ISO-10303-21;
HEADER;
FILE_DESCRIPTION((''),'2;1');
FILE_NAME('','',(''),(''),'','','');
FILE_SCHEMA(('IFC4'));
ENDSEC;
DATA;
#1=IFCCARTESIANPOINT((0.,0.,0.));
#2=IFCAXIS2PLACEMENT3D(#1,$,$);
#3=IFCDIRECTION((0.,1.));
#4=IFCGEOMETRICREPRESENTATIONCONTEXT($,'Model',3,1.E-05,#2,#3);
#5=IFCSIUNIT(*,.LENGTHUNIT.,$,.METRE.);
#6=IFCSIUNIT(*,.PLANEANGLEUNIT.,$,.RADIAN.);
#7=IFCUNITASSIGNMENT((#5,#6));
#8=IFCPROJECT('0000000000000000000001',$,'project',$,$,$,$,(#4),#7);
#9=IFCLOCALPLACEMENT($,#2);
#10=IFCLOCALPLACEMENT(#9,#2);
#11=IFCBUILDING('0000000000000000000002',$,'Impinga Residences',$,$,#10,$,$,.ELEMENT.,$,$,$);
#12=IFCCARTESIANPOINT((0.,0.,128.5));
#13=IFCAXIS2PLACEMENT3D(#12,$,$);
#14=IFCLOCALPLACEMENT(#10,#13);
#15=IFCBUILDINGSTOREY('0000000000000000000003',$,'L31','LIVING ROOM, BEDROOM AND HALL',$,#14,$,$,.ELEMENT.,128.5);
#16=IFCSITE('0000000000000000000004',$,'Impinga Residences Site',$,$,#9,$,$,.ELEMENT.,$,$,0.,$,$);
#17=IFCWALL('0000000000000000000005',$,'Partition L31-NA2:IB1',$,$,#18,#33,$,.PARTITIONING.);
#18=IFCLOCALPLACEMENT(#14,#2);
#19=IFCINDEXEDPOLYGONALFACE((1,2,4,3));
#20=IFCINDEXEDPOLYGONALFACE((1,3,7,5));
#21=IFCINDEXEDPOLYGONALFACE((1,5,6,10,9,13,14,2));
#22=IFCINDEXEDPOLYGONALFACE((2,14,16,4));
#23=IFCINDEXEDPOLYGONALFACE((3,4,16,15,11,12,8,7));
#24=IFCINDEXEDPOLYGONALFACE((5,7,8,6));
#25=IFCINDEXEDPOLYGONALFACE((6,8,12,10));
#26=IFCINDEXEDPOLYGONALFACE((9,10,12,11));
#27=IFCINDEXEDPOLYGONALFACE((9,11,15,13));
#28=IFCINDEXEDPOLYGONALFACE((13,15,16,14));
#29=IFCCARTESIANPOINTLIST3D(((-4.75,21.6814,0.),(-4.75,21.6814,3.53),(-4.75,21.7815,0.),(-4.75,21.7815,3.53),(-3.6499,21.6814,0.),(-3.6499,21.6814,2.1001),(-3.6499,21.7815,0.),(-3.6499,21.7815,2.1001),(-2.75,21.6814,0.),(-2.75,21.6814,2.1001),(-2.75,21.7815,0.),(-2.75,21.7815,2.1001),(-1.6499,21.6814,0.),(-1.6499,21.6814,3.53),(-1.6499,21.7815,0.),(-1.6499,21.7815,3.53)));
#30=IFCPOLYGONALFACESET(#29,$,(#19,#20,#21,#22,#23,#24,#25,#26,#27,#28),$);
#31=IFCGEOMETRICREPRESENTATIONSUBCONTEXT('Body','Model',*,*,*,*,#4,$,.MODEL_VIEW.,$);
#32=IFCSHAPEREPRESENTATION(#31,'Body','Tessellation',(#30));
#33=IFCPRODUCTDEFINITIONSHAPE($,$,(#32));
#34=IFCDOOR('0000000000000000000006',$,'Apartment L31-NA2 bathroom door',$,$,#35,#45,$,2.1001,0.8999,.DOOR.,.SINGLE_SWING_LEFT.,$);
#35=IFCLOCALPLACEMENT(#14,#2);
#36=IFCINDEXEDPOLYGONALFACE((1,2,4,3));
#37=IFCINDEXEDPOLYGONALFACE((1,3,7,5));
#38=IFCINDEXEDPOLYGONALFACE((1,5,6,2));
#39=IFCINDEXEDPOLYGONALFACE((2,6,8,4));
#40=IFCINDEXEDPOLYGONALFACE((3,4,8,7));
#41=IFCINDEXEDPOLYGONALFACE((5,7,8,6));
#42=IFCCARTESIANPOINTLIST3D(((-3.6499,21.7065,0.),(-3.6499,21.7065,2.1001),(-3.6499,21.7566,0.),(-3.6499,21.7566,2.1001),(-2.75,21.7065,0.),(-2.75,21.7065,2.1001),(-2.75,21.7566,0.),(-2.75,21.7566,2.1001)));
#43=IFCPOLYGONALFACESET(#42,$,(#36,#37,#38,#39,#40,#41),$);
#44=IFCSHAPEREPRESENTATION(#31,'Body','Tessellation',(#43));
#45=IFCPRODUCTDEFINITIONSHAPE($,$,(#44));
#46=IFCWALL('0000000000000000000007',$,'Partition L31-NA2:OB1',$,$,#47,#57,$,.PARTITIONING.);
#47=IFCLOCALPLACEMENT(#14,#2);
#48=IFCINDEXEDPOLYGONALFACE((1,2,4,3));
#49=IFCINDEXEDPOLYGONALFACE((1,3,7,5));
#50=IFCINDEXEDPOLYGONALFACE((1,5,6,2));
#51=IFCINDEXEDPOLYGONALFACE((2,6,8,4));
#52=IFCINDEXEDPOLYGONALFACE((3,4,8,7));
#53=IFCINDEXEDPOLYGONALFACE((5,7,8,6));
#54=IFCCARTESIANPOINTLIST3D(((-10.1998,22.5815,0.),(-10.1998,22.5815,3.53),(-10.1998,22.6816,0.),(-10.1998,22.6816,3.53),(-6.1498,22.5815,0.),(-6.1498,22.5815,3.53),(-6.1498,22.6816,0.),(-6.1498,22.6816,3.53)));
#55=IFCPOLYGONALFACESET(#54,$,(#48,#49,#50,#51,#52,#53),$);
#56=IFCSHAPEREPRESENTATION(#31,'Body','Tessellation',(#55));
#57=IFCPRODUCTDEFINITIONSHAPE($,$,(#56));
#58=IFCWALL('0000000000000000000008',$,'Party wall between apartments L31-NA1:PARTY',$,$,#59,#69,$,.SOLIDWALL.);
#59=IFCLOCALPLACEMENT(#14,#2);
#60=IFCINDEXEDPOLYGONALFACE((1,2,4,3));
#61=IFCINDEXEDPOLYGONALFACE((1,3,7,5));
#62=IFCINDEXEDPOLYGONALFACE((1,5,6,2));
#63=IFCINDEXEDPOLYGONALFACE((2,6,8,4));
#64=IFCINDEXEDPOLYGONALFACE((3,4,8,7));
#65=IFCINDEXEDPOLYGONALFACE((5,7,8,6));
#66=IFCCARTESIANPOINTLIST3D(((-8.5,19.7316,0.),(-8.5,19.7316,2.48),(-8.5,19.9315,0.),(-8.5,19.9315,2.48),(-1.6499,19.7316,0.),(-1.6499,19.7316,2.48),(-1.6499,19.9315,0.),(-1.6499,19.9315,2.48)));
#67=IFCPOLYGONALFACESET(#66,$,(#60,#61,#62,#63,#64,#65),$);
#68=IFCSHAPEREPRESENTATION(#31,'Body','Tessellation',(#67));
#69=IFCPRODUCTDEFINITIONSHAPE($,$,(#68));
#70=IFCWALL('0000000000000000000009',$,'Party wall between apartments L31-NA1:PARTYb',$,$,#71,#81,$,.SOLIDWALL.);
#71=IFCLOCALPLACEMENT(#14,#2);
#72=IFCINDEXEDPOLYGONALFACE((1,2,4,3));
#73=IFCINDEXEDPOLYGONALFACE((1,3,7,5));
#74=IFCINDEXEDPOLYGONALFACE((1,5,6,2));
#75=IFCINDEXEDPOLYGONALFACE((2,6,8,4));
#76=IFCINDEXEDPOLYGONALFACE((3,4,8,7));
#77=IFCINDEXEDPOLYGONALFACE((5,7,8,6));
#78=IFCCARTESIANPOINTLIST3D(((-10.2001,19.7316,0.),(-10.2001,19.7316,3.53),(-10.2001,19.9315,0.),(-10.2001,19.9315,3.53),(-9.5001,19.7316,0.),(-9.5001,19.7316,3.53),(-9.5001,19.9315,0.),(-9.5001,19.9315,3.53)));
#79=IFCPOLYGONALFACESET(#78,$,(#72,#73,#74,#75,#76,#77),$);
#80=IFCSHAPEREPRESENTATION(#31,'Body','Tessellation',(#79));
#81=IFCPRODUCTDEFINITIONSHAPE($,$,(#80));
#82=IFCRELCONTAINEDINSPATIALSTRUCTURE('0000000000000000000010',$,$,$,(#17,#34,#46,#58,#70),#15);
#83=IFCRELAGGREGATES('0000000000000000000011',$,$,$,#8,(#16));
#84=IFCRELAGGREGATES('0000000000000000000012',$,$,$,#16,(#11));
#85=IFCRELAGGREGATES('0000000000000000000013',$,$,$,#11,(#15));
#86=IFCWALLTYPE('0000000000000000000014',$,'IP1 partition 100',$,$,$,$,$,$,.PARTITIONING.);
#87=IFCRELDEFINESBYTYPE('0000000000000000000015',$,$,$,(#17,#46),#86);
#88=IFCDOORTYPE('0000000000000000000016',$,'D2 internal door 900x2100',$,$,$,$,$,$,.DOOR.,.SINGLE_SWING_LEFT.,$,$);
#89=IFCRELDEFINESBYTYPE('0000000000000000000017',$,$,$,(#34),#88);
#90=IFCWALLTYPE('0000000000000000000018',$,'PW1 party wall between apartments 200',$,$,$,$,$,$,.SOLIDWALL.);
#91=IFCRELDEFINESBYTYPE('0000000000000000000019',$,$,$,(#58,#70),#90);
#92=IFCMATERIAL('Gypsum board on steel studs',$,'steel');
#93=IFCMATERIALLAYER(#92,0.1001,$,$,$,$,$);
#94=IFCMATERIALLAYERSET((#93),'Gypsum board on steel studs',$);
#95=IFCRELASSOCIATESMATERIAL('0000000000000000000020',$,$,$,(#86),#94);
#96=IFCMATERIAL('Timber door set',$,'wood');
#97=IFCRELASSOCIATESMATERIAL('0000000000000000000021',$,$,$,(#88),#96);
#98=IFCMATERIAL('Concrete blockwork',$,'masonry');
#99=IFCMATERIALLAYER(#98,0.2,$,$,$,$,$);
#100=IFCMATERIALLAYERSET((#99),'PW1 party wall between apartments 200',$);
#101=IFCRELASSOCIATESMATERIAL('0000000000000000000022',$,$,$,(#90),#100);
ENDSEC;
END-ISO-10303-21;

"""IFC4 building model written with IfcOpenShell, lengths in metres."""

from ifc_helpers import new_model, si_unit, direction, frame, frame_2d, origin, place, context, subcontext, project, spatial, rectangle, extrude, material, layer, layer_set, type_object, element, fill, save


model = new_model("IFC4")

# Units and contexts
model_context = context("Model", 3, precision=1e-05, world=origin(), true_north=direction((0.0, 1.0)))
body_context = subcontext(model_context, "Body", "Model", "MODEL_VIEW")
ifc_project = project(units=[si_unit("LENGTHUNIT", "METRE"), si_unit("PLANEANGLEUNIT", "RADIAN")], contexts=[model_context])

# Site, building, storey
site_placement = place(None, origin())
site = spatial("IfcSite", under=ifc_project, at=site_placement, Name="Impinga Residences Site", CompositionType="ELEMENT", RefElevation=0.0)
building_placement = place(site_placement, origin())
building = spatial("IfcBuilding", under=site, at=building_placement, Name="Impinga Residences", CompositionType="ELEMENT")
storey_placement = place(building_placement, frame((0.0, 0.0, 128.5)))
storey = spatial("IfcBuildingStorey", under=building, at=storey_placement, Name="L31", Description="LIVING ROOM, BEDROOM AND HALL", CompositionType="ELEMENT", Elevation=128.5)

# Shared definitions
ifc_material_1 = material(Name="Gypsum board on steel studs", Category="steel")
ifc_layer_1 = layer(ifc_material_1, 0.1001)
ifc_layer_set_1 = layer_set([ifc_layer_1], Name="Gypsum board on steel studs")
wall_type_1 = type_object("IfcWallType", Name="IP1 partition 100", PredefinedType="PARTITIONING", material=ifc_layer_set_1)

# Shared definitions
ifc_material_2 = material(Name="Timber door set", Category="wood")
door_type = type_object("IfcDoorType", Name="D2 internal door 900x2100", OperationType="SINGLE_SWING_LEFT", PredefinedType="DOOR", material=ifc_material_2)

# Wall, opening, door
wall_1_placement = place(storey_placement, frame((-1.6499, 21.7314, 0.0), z_axis=(0.0, 0.0, 1.0), x_axis=(-1.0, 0.0, 0.0)))
wall_1 = element("IfcWall", 1, at=wall_1_placement, inside=storey, type_object=wall_type_1, Name="Partition L31-NA2:IB1", PredefinedType="PARTITIONING", context=body_context, shape_type="SweptSolid", body=[
    extrude(rectangle(XDim=3.1001, YDim=0.1001, at=frame_2d((1.55, 0.0))), origin(), (0.0, 0.0, 1.0), 3.53),
])
opening_1_placement = place(wall_1_placement, frame((1.1001, 0.0, 0.0)))
opening_1 = element("IfcOpeningElement", 2, at=opening_1_placement, cuts=wall_1, PredefinedType="OPENING", context=body_context, shape_type="SweptSolid", body=[
    extrude(rectangle(XDim=0.8999, YDim=2.1001, at=frame_2d((0.45, 1.05))), frame((0.0, 0.0601, 0.0), z_axis=(0.0, -1.0, 0.0), x_axis=(1.0, 0.0, 0.0)), (0.0, 0.0, 1.0), 0.1201),
])
door_1_placement = place(opening_1_placement, origin())
door_1 = element("IfcDoor", 3, at=door_1_placement, inside=storey, type_object=door_type, Name="Apartment L31-NA2 bathroom door", OperationType="SINGLE_SWING_LEFT", OverallHeight=2.1001, OverallWidth=0.8999, PredefinedType="DOOR", context=body_context, shape_type="SweptSolid", body=[
    extrude(rectangle(XDim=0.8999, YDim=2.1001, at=frame_2d((0.45, 1.05))), frame((0.0, 0.0249, 0.0), z_axis=(0.0, -1.0, 0.0), x_axis=(1.0, 0.0, 0.0)), (0.0, 0.0, 1.0), 0.05),
])
fill(opening_1, door_1)

# Walls
wall_2_placement = place(storey_placement, frame((-6.1499, 22.6316, 0.0), z_axis=(0.0, 0.0, 1.0), x_axis=(-1.0, 0.0, 0.0)))
element("IfcWall", 4, at=wall_2_placement, inside=storey, type_object=wall_type_1, Name="Partition L31-NA2:OB1", PredefinedType="PARTITIONING", context=body_context, shape_type="SweptSolid", body=[
    extrude(rectangle(XDim=4.05, YDim=0.1001, at=frame_2d((2.0249, 0.0))), origin(), (0.0, 0.0, 1.0), 3.53),
])
ifc_material_3 = material(Name="Concrete blockwork", Category="masonry")
ifc_layer_2 = layer(ifc_material_3, 0.2)
ifc_layer_set_2 = layer_set([ifc_layer_2], Name="PW1 party wall between apartments 200")
wall_type_2 = type_object("IfcWallType", Name="PW1 party wall between apartments 200", PredefinedType="SOLIDWALL", material=ifc_layer_set_2)
wall_3_placement = place(storey_placement, frame((-1.6499, 19.8315, 0.0), z_axis=(0.0, 0.0, 1.0), x_axis=(-1.0, 0.0, 0.0)))
element("IfcWall", 5, at=wall_3_placement, inside=storey, type_object=wall_type_2, Name="Party wall between apartments L31-NA1:PARTY", PredefinedType="SOLIDWALL", context=body_context, shape_type="SweptSolid", body=[
    extrude(rectangle(XDim=6.8501, YDim=0.2, at=frame_2d((3.425, 0.0))), origin(), (0.0, 0.0, 1.0), 2.48),
])
wall_4_placement = place(storey_placement, frame((-9.5, 19.8315, 0.0), z_axis=(0.0, 0.0, 1.0), x_axis=(-1.0, 0.0, 0.0)))
element("IfcWall", 6, at=wall_4_placement, inside=storey, type_object=wall_type_2, Name="Party wall between apartments L31-NA1:PARTYb", PredefinedType="SOLIDWALL", context=body_context, shape_type="SweptSolid", body=[
    extrude(rectangle(XDim=0.7, YDim=0.2, at=frame_2d((0.3501, 0.0))), origin(), (0.0, 0.0, 1.0), 3.53),
])

save(model, "model.ifc")
